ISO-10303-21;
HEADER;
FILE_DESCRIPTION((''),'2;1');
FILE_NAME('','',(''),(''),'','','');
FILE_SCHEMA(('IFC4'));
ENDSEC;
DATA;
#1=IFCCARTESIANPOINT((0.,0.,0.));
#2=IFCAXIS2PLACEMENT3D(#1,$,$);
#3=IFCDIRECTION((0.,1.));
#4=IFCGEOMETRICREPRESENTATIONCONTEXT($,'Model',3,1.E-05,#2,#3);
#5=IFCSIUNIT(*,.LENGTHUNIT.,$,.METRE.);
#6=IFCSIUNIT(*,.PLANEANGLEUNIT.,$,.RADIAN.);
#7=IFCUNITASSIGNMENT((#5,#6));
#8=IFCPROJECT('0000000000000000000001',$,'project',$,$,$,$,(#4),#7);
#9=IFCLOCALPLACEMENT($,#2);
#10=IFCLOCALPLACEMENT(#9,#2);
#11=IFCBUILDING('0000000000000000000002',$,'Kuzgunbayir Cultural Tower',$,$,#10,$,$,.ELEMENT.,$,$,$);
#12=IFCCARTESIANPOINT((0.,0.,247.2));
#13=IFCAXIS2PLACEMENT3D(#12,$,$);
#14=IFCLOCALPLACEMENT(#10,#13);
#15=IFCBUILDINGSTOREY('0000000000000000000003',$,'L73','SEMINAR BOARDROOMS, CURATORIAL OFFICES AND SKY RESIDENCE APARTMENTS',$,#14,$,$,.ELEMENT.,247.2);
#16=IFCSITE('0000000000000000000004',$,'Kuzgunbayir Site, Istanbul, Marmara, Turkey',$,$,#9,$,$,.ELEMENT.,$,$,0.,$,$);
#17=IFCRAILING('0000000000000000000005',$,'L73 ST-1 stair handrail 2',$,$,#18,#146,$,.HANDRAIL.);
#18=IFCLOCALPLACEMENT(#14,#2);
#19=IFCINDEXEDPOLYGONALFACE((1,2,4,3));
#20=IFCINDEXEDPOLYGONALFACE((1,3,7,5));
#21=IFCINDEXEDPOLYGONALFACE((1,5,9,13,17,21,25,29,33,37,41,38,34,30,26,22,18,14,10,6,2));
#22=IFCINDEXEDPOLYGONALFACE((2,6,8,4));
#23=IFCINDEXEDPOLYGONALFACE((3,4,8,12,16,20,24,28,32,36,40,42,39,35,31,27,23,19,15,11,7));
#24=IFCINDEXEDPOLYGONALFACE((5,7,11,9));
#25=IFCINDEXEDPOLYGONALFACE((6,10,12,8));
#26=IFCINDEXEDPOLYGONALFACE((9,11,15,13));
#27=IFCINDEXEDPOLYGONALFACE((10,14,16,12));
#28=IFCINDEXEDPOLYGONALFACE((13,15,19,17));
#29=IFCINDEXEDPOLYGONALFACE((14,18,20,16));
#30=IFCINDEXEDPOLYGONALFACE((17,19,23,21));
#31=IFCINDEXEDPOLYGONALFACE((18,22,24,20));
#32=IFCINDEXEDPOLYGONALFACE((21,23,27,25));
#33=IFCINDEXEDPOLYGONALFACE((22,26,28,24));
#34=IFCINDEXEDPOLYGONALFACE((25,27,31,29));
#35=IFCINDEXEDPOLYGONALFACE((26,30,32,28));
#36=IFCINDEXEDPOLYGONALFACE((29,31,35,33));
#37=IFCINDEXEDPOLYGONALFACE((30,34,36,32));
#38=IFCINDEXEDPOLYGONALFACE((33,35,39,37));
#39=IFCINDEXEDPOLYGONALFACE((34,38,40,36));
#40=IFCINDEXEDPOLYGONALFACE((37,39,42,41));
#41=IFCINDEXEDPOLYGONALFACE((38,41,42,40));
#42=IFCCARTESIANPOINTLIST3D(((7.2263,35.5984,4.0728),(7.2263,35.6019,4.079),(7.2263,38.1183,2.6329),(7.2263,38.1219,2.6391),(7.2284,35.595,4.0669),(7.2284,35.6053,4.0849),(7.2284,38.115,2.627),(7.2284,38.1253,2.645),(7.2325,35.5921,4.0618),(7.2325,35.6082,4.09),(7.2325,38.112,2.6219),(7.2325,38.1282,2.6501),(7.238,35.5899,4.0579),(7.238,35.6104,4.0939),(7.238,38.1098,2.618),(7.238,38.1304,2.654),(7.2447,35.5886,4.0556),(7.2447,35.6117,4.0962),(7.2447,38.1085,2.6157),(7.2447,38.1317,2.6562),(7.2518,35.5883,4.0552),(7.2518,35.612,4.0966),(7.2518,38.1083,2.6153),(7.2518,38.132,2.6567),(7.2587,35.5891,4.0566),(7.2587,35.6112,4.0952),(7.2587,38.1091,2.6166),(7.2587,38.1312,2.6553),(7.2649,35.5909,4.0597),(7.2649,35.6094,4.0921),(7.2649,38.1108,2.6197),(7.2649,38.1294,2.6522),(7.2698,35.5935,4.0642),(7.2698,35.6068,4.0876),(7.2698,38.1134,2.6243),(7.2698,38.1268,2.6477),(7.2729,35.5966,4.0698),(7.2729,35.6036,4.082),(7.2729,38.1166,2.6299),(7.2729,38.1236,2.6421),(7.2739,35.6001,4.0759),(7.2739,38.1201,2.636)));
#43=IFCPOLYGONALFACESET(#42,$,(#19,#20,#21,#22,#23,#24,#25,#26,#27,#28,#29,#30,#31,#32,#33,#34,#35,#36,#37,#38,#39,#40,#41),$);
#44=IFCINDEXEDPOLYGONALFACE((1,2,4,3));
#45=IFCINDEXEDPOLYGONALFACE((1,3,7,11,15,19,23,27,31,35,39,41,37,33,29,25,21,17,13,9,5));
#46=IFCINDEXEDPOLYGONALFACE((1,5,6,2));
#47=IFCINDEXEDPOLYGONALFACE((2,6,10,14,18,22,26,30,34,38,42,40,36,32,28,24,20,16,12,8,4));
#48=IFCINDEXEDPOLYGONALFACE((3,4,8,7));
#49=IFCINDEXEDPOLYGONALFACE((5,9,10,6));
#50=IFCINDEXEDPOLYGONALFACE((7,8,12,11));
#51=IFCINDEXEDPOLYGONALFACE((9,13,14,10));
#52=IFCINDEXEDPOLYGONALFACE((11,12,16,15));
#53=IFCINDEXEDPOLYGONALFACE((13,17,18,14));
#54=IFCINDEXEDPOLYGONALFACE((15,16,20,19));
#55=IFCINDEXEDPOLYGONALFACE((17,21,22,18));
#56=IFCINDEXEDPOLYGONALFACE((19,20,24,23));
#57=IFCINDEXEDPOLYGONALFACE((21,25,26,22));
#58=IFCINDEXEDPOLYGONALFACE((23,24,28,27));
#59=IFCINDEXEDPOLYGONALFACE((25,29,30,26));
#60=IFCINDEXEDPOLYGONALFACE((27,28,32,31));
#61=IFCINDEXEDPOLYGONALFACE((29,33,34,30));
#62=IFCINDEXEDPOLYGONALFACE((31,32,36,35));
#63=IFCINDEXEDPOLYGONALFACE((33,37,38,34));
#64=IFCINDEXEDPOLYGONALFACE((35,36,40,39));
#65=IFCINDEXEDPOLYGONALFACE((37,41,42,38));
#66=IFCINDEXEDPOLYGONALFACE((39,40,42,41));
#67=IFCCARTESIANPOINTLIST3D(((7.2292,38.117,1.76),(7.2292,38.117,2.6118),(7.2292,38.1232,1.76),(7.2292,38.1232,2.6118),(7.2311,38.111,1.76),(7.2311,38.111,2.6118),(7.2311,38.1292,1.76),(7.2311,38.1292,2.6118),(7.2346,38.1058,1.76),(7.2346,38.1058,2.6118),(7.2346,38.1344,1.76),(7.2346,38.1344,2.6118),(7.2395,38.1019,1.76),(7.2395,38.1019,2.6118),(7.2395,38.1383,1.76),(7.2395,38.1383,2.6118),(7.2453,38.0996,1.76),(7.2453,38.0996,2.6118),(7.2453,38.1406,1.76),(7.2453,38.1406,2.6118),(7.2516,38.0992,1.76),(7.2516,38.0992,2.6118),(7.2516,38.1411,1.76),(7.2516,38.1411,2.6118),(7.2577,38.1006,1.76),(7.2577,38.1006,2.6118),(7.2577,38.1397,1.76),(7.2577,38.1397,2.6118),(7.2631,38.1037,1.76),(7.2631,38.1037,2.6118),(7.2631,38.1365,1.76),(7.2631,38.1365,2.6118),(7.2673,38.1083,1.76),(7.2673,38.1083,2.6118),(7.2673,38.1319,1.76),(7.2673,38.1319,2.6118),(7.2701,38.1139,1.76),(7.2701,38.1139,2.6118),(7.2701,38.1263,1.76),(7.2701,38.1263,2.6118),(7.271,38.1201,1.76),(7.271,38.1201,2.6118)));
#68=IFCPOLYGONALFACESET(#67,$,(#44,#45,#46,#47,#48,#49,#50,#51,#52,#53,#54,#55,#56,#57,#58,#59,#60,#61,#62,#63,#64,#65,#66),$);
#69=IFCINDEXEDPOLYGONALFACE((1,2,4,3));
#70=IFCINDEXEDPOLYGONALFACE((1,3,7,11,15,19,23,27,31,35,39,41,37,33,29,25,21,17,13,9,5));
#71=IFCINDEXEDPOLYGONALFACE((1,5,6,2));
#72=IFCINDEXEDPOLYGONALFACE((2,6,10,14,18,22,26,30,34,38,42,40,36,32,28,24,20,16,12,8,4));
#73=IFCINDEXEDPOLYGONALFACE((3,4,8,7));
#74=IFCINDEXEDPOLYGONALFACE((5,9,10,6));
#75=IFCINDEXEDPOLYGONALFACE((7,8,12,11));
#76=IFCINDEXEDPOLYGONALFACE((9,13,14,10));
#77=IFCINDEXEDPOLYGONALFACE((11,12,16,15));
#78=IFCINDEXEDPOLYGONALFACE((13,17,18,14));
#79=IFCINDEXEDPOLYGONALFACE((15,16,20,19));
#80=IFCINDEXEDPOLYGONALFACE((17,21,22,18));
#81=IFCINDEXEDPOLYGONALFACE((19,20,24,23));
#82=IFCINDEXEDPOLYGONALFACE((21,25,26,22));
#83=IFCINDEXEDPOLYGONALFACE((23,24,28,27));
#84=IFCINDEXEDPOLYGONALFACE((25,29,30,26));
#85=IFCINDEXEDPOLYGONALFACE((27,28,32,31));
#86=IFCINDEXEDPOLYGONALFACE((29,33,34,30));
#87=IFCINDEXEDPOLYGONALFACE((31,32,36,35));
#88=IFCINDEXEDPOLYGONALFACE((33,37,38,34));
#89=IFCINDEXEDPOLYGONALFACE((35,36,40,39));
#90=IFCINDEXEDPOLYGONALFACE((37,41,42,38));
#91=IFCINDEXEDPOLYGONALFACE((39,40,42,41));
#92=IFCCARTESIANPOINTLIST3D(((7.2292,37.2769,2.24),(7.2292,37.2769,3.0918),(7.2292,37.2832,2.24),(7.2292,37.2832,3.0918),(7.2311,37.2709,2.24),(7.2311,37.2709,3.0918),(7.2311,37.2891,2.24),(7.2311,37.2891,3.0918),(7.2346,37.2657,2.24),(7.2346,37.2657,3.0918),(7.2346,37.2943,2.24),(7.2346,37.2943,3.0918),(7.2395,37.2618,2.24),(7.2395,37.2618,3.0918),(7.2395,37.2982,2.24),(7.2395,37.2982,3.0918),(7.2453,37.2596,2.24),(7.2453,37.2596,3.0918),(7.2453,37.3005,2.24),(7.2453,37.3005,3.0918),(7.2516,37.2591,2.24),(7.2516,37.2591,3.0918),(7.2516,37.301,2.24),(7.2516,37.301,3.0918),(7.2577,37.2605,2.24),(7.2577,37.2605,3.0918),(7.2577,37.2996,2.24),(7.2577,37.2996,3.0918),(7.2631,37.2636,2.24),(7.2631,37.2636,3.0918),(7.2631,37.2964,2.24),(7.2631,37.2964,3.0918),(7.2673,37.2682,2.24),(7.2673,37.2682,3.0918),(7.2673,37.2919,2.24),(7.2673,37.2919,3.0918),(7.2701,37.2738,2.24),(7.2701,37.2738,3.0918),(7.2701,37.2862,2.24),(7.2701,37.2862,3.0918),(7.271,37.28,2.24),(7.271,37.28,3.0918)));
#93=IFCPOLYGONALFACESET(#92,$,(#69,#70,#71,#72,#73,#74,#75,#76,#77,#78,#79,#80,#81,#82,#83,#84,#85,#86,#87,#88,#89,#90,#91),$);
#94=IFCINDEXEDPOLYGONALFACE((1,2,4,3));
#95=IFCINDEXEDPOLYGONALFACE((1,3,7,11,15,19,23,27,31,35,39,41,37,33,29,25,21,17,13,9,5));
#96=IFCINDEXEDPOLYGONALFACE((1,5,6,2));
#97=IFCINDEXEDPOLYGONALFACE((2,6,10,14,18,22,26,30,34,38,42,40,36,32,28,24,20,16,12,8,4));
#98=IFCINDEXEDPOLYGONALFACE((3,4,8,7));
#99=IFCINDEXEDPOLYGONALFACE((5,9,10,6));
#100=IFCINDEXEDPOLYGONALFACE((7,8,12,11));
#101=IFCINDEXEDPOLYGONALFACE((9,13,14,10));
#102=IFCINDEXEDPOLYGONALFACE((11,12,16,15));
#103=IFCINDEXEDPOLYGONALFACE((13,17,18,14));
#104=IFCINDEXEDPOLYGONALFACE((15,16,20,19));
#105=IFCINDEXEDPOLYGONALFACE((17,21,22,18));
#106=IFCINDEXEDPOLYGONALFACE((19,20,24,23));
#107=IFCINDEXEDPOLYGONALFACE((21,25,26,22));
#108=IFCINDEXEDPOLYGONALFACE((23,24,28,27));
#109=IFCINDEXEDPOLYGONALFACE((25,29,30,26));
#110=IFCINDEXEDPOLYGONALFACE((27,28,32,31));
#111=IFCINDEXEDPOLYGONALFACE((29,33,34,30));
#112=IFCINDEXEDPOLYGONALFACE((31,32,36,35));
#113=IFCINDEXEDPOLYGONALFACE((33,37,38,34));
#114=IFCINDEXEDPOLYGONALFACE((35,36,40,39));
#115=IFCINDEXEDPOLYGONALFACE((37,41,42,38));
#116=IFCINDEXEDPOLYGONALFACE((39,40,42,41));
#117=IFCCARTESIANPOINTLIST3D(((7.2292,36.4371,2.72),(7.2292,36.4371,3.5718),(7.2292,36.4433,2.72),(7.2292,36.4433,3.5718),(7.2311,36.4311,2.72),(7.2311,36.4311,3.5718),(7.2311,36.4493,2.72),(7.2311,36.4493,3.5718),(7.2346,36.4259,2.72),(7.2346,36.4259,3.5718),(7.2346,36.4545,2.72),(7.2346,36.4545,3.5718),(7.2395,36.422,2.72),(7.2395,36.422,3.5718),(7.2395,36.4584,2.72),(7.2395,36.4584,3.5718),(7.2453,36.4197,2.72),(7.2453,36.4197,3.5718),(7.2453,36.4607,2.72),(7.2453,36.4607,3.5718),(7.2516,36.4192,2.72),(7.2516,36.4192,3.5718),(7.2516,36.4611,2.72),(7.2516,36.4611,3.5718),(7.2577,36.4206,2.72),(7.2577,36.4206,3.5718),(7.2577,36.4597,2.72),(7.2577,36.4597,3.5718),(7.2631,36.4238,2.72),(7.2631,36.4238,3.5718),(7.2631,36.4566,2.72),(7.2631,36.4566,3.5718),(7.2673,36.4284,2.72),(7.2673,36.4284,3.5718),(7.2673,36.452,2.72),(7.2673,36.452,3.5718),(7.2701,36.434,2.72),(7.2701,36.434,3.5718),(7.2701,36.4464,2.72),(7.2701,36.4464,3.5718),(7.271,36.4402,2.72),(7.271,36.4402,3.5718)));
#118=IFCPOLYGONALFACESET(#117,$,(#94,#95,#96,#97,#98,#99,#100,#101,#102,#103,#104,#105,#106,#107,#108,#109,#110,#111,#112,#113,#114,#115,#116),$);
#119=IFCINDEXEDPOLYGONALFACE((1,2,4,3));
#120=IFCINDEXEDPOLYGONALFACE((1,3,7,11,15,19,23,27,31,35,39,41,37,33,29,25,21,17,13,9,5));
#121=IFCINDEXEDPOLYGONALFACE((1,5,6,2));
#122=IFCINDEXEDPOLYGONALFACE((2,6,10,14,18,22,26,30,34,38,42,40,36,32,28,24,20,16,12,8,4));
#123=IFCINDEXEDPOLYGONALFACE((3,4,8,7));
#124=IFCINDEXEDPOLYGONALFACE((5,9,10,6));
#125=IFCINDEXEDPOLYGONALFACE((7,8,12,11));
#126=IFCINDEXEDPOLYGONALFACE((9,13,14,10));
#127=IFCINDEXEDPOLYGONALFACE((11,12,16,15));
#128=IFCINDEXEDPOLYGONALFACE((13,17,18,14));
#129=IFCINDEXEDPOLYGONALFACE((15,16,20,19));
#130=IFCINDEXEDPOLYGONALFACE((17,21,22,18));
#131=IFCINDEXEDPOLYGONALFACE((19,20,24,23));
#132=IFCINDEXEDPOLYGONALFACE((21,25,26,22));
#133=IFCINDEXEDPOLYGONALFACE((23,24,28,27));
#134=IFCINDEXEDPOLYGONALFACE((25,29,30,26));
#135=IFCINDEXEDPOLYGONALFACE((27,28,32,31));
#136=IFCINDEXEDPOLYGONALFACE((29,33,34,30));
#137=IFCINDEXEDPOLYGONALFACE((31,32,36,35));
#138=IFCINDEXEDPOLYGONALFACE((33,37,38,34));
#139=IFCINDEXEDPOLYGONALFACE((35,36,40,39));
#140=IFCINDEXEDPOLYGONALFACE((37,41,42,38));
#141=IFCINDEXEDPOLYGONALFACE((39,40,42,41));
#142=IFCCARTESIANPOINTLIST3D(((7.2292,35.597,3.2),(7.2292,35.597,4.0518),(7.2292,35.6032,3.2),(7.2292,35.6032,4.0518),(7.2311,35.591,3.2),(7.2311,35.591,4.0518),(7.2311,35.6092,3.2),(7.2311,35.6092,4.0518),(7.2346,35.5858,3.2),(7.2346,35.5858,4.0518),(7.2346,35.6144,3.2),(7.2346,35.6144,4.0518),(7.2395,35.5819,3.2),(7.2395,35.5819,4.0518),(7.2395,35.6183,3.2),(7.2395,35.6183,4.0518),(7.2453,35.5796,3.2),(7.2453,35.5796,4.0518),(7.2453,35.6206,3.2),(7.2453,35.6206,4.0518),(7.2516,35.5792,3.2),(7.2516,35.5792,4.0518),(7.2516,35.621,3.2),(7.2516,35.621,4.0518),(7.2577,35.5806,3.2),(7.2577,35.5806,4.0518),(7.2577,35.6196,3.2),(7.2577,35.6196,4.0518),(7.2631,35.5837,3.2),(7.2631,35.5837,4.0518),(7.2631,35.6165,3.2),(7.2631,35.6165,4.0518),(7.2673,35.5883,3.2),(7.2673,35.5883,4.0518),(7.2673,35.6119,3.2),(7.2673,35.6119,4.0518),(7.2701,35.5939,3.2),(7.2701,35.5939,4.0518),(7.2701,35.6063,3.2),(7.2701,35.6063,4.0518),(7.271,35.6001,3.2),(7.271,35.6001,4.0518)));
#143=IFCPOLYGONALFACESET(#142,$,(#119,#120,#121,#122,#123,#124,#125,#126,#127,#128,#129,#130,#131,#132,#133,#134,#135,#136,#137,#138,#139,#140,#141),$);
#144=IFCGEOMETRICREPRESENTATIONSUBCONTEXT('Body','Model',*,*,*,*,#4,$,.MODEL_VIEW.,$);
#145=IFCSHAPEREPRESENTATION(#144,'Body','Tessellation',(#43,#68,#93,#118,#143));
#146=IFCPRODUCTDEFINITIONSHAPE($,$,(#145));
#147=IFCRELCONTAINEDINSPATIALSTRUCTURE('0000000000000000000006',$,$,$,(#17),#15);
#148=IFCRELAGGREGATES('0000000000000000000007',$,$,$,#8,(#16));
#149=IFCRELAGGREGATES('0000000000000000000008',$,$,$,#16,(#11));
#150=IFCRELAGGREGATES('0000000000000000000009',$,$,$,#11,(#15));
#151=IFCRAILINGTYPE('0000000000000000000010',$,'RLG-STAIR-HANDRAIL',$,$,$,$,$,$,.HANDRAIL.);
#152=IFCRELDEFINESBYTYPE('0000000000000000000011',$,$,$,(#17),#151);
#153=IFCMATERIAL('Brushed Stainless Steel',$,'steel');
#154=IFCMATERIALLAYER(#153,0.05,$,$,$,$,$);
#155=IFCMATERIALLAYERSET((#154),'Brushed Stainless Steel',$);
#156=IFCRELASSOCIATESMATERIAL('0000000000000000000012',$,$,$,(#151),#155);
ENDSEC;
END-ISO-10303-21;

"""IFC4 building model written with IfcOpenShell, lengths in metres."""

from ifc_helpers import new_model, si_unit, direction, frame, origin, origin_2d, place, context, subcontext, project, spatial, circle, extrude, material, layer, layer_set, type_object, element, save


model = new_model("IFC4")

# Units and contexts
model_context = context("Model", 3, precision=1e-05, world=origin(), true_north=direction((0.0, 1.0)))
body_context = subcontext(model_context, "Body", "Model", "MODEL_VIEW")
ifc_project = project(units=[si_unit("LENGTHUNIT", "METRE"), si_unit("PLANEANGLEUNIT", "RADIAN")], contexts=[model_context])

# Site, building, storey
site_placement = place(None, origin())
site = spatial("IfcSite", under=ifc_project, at=site_placement, Name="Kuzgunbayir Site, Istanbul, Marmara, Turkey", CompositionType="ELEMENT", RefElevation=0.0)
building_placement = place(site_placement, origin())
building = spatial("IfcBuilding", under=site, at=building_placement, Name="Kuzgunbayir Cultural Tower", CompositionType="ELEMENT")
storey_placement = place(building_placement, frame((0.0, 0.0, 247.2)))
storey = spatial("IfcBuildingStorey", under=building, at=storey_placement, Name="L73", Description="SEMINAR BOARDROOMS, CURATORIAL OFFICES AND SKY RESIDENCE APARTMENTS", CompositionType="ELEMENT", Elevation=247.2)

# Shared definitions
ifc_material_1 = material(Name="Brushed Stainless Steel", Category="steel")

# Railing
ifc_layer_1 = layer(ifc_material_1, 0.05)
ifc_layer_set_1 = layer_set([ifc_layer_1], Name="Brushed Stainless Steel")
railing_type_1 = type_object("IfcRailingType", Name="RLG-STAIR-HANDRAIL", PredefinedType="HANDRAIL", material=ifc_layer_set_1)
railing_1_placement = place(storey_placement, frame((7.25, 38.1201, 1.76)))
element("IfcRailing", 1, at=railing_1_placement, inside=storey, type_object=railing_type_1, Name="L73 ST-1 stair handrail 2", PredefinedType="HANDRAIL", context=body_context, shape_type="SweptSolid", body=[
    extrude(circle(Radius=0.0239, at=origin_2d()), frame((0.0, 0.0, 0.876), z_axis=(0.0, -0.868253, 0.496121), x_axis=(1.0, 0.0, 0.0)), (0.0, 0.0, 1.0), 2.9023),
    extrude(circle(Radius=0.021, at=origin_2d()), origin(), (0.0, 0.0, 1.0), 0.8518),
    extrude(circle(Radius=0.021, at=origin_2d()), frame((0.0, -0.8401, 0.48)), (0.0, 0.0, 1.0), 0.8518),
    extrude(circle(Radius=0.021, at=origin_2d()), frame((0.0, -1.6799, 0.96)), (0.0, 0.0, 1.0), 0.8518),
    extrude(circle(Radius=0.021, at=origin_2d()), frame((0.0, -2.52, 1.4399)), (0.0, 0.0, 1.0), 0.8518),
])

save(model, "model.ifc")
